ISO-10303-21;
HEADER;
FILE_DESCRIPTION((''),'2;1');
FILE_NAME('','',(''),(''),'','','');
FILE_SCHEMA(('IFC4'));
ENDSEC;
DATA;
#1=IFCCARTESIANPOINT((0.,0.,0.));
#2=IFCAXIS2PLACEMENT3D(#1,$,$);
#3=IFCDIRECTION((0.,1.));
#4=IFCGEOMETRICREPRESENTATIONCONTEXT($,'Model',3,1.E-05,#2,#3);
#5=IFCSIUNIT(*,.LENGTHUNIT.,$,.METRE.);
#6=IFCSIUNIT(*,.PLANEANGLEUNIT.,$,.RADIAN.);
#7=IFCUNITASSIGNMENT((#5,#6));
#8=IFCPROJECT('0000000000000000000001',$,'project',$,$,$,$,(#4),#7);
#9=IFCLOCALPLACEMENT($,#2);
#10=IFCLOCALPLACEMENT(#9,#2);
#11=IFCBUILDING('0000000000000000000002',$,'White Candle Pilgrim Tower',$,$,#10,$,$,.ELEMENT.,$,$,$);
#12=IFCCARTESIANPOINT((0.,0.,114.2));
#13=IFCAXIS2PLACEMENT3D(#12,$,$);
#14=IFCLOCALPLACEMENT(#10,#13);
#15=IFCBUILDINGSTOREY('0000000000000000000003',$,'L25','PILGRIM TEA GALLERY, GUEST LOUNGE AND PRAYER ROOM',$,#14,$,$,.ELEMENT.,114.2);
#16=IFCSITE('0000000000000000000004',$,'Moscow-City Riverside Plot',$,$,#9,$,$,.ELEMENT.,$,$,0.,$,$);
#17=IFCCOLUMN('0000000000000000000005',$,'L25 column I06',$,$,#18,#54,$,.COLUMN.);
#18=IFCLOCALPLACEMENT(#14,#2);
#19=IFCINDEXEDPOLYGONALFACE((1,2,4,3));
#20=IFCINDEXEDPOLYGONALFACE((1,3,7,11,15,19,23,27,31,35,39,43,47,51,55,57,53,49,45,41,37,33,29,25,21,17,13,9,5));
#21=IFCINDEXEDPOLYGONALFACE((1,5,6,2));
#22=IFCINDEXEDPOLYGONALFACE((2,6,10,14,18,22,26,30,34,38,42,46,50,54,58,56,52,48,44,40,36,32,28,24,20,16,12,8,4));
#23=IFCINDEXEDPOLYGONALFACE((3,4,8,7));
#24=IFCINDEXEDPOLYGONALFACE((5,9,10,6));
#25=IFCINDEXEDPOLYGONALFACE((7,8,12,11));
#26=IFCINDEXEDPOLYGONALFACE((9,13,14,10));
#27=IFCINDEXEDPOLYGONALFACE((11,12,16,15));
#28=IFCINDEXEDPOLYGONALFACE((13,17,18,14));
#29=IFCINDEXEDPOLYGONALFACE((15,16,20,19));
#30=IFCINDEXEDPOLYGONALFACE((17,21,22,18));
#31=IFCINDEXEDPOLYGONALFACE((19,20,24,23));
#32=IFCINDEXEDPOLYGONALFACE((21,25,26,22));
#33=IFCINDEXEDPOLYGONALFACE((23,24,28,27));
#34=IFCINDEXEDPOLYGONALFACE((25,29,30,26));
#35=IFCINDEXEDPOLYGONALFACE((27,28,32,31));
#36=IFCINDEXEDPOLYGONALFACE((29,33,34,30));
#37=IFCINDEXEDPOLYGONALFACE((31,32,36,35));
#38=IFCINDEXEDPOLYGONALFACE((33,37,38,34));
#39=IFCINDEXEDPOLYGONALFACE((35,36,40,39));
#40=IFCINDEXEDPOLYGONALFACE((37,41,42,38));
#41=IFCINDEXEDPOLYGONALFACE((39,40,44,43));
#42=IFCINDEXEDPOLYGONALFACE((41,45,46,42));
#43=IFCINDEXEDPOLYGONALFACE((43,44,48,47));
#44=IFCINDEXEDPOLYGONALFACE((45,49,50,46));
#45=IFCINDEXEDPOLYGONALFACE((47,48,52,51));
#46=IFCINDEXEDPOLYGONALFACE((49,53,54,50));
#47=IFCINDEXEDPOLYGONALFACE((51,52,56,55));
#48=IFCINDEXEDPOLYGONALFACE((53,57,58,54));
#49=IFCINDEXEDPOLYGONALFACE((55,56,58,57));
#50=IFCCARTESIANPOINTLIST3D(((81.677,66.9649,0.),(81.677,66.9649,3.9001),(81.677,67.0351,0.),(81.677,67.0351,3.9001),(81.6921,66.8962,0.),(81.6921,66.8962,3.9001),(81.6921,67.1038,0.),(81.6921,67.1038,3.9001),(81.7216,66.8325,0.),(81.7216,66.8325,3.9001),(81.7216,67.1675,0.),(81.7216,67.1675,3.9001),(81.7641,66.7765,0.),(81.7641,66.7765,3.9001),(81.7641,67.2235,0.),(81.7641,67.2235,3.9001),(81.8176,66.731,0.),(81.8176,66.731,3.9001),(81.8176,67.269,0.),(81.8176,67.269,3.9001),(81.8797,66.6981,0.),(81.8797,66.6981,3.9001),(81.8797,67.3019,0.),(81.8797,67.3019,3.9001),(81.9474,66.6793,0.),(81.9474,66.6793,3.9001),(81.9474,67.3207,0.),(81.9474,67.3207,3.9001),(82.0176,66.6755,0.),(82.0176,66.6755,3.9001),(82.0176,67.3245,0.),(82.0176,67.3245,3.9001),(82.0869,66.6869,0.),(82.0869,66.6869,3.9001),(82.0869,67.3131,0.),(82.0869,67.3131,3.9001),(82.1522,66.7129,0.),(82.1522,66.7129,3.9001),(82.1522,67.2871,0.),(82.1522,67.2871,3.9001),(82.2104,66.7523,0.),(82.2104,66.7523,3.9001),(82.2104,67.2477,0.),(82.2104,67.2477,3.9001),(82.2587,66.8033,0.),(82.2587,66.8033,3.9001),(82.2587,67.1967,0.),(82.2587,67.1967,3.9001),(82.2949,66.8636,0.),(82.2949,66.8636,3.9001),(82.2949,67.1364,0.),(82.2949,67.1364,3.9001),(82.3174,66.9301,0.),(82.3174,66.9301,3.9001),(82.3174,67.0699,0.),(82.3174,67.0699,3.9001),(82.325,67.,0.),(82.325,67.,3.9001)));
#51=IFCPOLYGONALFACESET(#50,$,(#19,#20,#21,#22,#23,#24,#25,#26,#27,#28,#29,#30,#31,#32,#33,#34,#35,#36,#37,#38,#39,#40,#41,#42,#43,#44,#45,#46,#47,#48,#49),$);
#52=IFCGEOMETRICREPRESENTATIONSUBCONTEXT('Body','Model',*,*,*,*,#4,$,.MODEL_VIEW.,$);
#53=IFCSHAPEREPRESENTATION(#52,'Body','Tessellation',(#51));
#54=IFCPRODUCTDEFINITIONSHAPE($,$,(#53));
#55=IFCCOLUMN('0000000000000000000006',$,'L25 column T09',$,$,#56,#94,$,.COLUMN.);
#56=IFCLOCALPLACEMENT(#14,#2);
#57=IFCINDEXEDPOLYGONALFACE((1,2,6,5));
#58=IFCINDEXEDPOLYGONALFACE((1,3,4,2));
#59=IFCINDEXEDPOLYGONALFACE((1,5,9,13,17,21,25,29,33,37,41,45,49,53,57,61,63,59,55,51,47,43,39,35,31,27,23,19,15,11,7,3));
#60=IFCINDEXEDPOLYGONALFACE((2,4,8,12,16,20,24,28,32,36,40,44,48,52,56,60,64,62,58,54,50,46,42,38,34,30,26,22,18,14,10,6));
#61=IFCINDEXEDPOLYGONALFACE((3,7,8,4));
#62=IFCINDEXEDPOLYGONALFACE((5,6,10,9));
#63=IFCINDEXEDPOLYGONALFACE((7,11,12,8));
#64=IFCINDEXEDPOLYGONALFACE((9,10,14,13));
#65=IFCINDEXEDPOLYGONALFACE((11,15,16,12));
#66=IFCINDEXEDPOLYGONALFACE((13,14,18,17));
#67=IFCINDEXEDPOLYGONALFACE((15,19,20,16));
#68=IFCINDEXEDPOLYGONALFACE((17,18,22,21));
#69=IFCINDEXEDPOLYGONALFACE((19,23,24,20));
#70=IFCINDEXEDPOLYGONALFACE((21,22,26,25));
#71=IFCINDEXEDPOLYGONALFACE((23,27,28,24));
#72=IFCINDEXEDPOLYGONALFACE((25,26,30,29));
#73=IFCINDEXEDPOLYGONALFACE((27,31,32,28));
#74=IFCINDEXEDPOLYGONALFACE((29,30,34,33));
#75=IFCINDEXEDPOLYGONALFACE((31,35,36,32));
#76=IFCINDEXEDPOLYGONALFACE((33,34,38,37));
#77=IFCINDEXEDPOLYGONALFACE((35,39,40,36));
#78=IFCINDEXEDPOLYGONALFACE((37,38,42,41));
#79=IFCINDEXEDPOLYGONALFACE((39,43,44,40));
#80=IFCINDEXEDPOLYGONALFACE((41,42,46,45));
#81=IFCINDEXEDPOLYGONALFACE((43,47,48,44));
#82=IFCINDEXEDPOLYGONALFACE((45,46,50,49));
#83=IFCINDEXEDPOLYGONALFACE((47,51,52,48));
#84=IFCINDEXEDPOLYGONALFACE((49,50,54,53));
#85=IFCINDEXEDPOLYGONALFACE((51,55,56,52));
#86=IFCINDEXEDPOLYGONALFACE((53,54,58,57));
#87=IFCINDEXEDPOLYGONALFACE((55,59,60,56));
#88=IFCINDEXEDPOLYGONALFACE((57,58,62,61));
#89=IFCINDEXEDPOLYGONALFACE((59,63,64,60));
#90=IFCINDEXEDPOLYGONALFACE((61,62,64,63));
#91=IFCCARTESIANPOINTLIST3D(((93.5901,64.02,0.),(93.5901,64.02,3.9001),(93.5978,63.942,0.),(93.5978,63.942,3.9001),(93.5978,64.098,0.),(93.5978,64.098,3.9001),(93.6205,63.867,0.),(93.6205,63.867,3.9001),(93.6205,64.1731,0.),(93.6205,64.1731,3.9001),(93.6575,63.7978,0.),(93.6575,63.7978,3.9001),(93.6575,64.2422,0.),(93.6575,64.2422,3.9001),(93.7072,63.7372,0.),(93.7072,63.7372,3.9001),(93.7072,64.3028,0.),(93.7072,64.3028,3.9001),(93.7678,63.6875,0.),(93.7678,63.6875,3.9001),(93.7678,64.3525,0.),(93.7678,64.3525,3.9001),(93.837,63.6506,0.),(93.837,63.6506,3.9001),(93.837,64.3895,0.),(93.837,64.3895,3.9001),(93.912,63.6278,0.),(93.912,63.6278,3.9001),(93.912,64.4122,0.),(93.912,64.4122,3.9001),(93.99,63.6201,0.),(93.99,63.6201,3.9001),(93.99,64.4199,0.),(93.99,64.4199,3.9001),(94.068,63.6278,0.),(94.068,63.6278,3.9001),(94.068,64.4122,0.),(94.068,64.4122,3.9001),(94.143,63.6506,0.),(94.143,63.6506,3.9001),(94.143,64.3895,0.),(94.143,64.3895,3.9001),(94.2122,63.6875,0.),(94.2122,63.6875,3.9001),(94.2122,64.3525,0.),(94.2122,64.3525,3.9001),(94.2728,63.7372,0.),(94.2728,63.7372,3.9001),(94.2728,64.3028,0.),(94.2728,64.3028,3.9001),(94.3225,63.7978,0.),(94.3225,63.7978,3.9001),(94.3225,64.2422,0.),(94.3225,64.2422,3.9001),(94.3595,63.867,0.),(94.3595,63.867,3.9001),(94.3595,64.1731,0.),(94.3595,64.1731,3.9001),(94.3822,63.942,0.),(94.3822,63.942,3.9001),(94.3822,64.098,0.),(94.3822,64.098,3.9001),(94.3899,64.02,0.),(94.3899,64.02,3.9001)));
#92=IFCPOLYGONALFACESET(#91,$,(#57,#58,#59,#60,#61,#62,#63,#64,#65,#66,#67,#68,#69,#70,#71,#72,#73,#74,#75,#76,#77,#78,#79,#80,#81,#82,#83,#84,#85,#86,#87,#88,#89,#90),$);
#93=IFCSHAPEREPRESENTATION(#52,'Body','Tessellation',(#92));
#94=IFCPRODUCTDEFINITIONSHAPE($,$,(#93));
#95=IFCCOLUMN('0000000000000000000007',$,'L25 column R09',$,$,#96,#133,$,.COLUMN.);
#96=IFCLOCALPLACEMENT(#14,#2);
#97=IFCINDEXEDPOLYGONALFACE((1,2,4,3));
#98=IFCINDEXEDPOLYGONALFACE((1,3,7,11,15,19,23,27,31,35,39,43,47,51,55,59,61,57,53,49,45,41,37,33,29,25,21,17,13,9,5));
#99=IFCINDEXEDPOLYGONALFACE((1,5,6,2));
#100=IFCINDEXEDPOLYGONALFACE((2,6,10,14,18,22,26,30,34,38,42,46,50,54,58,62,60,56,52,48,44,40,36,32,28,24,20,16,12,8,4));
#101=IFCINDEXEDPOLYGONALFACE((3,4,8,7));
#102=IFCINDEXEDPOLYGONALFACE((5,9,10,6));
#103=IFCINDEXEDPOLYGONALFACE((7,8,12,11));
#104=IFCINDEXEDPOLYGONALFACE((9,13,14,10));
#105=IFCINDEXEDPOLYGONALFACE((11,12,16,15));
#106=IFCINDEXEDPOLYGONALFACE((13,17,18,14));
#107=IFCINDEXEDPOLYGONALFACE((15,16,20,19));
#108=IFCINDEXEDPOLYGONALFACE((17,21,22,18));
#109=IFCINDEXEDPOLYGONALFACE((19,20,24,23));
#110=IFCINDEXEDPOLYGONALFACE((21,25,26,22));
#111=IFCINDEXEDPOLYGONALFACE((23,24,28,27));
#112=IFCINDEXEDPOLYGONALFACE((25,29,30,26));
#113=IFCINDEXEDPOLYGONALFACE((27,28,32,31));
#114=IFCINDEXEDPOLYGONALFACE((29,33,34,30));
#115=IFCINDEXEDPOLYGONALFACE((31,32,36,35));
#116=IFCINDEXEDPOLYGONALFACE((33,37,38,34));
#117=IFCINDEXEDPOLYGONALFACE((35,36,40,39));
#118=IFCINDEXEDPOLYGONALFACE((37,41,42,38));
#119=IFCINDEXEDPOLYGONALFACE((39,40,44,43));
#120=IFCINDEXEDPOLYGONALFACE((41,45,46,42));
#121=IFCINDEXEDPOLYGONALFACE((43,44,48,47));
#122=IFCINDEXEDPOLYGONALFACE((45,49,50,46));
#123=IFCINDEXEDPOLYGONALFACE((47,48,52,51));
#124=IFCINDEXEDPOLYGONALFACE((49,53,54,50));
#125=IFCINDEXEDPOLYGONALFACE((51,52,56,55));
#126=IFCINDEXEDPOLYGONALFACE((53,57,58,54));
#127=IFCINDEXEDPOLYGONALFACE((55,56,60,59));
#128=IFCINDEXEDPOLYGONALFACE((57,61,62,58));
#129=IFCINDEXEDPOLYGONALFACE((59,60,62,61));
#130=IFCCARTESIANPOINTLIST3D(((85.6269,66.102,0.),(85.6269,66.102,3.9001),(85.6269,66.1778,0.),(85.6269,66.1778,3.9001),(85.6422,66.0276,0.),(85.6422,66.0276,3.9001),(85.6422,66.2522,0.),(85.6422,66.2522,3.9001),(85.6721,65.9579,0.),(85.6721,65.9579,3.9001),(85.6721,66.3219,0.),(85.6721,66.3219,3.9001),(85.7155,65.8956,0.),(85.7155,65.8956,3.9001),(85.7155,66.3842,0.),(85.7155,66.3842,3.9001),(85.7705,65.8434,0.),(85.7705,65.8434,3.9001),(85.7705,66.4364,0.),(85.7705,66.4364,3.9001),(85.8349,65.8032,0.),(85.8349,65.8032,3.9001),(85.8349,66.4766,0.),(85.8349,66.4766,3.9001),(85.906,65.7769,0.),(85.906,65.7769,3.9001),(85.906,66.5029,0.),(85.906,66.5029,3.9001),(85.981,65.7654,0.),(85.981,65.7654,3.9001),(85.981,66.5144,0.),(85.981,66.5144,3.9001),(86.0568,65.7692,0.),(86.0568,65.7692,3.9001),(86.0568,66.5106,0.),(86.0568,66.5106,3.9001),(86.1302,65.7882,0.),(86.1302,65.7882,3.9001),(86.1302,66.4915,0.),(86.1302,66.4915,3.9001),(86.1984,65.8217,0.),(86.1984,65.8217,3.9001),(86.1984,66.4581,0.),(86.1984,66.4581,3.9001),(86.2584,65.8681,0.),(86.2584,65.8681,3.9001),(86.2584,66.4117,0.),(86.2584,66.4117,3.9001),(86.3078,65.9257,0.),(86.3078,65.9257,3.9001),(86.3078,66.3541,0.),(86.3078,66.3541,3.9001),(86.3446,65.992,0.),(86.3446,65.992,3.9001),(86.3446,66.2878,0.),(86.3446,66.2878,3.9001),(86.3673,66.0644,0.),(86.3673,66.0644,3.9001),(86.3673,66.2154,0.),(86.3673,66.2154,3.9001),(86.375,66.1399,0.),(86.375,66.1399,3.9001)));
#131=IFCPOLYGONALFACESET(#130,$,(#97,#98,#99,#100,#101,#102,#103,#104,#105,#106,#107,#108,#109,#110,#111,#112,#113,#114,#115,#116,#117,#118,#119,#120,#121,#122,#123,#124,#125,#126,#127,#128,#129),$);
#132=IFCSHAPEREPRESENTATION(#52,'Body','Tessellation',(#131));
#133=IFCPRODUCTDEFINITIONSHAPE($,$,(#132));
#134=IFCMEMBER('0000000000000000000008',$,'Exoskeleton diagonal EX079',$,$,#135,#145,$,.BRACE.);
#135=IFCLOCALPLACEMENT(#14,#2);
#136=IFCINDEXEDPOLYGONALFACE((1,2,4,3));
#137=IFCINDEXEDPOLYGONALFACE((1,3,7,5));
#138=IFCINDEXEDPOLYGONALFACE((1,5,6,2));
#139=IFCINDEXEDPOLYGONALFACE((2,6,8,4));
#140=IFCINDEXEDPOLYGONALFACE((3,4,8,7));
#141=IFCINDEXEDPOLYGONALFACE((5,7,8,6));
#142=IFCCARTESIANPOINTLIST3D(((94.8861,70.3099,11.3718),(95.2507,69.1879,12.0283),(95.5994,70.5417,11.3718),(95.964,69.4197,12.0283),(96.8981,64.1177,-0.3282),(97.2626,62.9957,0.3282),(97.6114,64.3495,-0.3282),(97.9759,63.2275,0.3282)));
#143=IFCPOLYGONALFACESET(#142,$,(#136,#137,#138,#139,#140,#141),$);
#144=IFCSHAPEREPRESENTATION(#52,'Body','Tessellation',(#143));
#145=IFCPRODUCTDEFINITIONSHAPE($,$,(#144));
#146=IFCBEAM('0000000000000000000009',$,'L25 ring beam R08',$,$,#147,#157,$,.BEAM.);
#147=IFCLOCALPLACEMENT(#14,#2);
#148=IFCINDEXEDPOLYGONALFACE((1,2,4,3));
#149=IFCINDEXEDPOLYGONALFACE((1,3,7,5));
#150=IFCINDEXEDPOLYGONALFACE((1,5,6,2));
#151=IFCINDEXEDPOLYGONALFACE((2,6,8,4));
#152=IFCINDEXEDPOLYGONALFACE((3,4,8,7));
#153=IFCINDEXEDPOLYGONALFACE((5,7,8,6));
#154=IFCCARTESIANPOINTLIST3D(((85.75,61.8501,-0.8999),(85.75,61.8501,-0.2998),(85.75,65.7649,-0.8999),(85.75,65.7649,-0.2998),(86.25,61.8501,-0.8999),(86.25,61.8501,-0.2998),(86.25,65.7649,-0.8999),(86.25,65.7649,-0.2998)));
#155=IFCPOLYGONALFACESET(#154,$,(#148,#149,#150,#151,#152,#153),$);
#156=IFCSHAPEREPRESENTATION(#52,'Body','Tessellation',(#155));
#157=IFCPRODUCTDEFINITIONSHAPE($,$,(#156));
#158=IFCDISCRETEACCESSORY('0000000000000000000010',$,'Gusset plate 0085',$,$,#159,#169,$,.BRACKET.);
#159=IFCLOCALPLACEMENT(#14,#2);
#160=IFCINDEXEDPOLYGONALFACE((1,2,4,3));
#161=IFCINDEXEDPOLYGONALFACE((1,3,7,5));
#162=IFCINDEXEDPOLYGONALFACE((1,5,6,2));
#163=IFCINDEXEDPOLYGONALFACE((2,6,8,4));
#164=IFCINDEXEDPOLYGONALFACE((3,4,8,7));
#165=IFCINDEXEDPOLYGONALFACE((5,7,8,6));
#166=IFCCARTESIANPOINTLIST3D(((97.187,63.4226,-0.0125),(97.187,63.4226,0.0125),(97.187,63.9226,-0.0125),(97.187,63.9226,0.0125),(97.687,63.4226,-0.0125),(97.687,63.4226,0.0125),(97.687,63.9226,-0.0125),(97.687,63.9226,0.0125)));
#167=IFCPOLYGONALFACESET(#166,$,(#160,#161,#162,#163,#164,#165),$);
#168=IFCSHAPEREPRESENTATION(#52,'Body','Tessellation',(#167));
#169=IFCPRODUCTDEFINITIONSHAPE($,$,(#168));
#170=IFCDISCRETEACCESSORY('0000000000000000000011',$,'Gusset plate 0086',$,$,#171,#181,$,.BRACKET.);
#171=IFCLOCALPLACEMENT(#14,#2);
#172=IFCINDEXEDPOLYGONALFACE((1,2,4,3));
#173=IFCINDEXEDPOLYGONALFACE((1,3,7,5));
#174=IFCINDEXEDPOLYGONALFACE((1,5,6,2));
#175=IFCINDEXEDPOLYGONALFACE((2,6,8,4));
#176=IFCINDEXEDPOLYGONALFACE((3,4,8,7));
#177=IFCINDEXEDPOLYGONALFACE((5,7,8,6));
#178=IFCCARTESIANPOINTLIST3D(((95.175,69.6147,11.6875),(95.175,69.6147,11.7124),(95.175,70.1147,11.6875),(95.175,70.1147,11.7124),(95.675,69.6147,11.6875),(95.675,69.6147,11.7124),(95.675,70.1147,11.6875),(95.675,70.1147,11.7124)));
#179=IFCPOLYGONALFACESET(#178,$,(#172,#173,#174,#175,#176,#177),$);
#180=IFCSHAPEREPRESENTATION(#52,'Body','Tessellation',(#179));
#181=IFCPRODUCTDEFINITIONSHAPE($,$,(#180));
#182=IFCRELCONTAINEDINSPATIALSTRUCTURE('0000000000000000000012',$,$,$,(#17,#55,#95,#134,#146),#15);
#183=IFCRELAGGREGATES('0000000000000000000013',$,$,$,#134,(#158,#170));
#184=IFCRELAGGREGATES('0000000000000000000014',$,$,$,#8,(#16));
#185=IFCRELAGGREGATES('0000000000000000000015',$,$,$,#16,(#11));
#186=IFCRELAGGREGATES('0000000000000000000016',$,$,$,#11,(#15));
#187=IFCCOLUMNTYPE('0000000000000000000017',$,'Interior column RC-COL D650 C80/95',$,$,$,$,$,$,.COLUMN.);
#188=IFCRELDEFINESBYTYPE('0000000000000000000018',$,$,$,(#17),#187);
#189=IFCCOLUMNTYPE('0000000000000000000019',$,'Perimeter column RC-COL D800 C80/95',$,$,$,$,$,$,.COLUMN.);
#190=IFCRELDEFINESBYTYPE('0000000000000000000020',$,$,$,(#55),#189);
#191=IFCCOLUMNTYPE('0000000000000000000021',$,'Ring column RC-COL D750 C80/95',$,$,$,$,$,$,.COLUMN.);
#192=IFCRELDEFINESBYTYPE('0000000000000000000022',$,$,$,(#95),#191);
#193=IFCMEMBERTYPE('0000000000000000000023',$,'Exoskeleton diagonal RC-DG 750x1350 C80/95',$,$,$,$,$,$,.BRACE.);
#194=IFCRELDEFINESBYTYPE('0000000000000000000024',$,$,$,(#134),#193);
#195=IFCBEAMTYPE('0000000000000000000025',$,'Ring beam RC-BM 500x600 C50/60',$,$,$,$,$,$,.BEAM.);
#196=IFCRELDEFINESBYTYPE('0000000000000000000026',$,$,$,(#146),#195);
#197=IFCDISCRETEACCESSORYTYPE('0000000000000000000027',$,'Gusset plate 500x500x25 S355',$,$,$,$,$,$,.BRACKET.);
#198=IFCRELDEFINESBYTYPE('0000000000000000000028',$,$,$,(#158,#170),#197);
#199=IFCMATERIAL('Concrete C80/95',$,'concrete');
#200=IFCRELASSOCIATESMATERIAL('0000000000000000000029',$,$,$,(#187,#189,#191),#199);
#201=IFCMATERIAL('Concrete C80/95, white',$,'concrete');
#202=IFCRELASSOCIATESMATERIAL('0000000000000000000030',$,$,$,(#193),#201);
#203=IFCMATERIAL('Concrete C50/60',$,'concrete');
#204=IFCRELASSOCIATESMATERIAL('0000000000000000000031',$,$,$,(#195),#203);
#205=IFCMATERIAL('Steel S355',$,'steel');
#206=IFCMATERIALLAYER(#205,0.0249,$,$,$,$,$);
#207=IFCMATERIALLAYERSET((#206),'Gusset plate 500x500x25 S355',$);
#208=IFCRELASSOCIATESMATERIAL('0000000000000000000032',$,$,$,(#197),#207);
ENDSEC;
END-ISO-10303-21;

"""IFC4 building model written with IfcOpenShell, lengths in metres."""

from ifc_helpers import new_model, si_unit, direction, frame, origin, origin_2d, place, context, subcontext, project, spatial, rectangle, circle, extrude, material, layer, layer_set, material_profile, profile_set, type_object, element, aggregate, save


model = new_model("IFC4")

# Units and contexts
model_context = context("Model", 3, precision=1e-05, world=origin(), true_north=direction((0.0, 1.0)))
body_context = subcontext(model_context, "Body", "Model", "MODEL_VIEW")
ifc_project = project(units=[si_unit("LENGTHUNIT", "METRE"), si_unit("PLANEANGLEUNIT", "RADIAN")], contexts=[model_context])

# Site, building, storey
site_placement = place(None, origin())
site = spatial("IfcSite", under=ifc_project, at=site_placement, Name="Moscow-City Riverside Plot", CompositionType="ELEMENT", RefElevation=0.0)
building_placement = place(site_placement, origin())
building = spatial("IfcBuilding", under=site, at=building_placement, Name="White Candle Pilgrim Tower", CompositionType="ELEMENT")
storey_placement = place(building_placement, frame((0.0, 0.0, 114.2)))
storey = spatial("IfcBuildingStorey", under=building, at=storey_placement, Name="L25", Description="PILGRIM TEA GALLERY, GUEST LOUNGE AND PRAYER ROOM", CompositionType="ELEMENT", Elevation=114.2)

# Columns
ifc_material_1 = material(Name="Concrete C80/95", Category="concrete")
ifc_material_profile_1 = material_profile(ifc_material_1, circle(Radius=0.325, at=origin_2d()), Name="RC-COL D650")
ifc_profile_set_1 = profile_set([ifc_material_profile_1], Name="Concrete C80/95")
column_type_1 = type_object("IfcColumnType", Name="Interior column RC-COL D650 C80/95", PredefinedType="COLUMN", material=ifc_profile_set_1)
column_1_placement = place(storey_placement, frame((82.0, 67.0, 0.0), z_axis=(0.0, 0.0, 1.0), x_axis=(1.0, 0.0, 0.0)))
element("IfcColumn", 1, at=column_1_placement, inside=storey, type_object=column_type_1, Name="L25 column I06", PredefinedType="COLUMN", context=body_context, shape_type="SweptSolid", body=[
    extrude(circle(Radius=0.325, at=origin_2d()), origin(), (0.0, 0.0, 1.0), 3.9001),
])
ifc_material_profile_2 = material_profile(ifc_material_1, circle(Radius=0.3999, at=origin_2d()), Name="RC-COL D800")
ifc_profile_set_2 = profile_set([ifc_material_profile_2], Name="Concrete C80/95")
column_type_2 = type_object("IfcColumnType", Name="Perimeter column RC-COL D800 C80/95", PredefinedType="COLUMN", material=ifc_profile_set_2)
column_2_placement = place(storey_placement, frame((93.99, 64.02, 0.0), z_axis=(0.0, 0.0, 1.0), x_axis=(1.0, 0.0, 0.0)))
element("IfcColumn", 2, at=column_2_placement, inside=storey, type_object=column_type_2, Name="L25 column T09", PredefinedType="COLUMN", context=body_context, shape_type="SweptSolid", body=[
    extrude(circle(Radius=0.3999, at=origin_2d()), origin(), (0.0, 0.0, 1.0), 3.9001),
])
ifc_material_profile_3 = material_profile(ifc_material_1, circle(Radius=0.375, at=origin_2d()), Name="RC-COL D750")
ifc_profile_set_3 = profile_set([ifc_material_profile_3], Name="Concrete C80/95")
column_type_3 = type_object("IfcColumnType", Name="Ring column RC-COL D750 C80/95", PredefinedType="COLUMN", material=ifc_profile_set_3)
column_3_placement = place(storey_placement, frame((86.0, 66.1399, 0.0), z_axis=(0.0, 0.0, 1.0), x_axis=(1.0, 0.0, 0.0)))
element("IfcColumn", 3, at=column_3_placement, inside=storey, type_object=column_type_3, Name="L25 column R09", PredefinedType="COLUMN", context=body_context, shape_type="SweptSolid", body=[
    extrude(circle(Radius=0.375, at=origin_2d()), origin(), (0.0, 0.0, 1.0), 3.9001),
])

# Member
ifc_material_2 = material(Name="Concrete C80/95, white", Category="concrete")
ifc_material_profile_4 = material_profile(ifc_material_2, rectangle(XDim=0.75, YDim=1.3501, at=origin_2d()), Name="RC-DG 750x1350")
ifc_profile_set_4 = profile_set([ifc_material_profile_4], Name="Concrete C80/95, white")
member_type = type_object("IfcMemberType", Name="Exoskeleton diagonal RC-DG 750x1350 C80/95", PredefinedType="BRACE", material=ifc_profile_set_4)
member_placement = place(storey_placement, frame((97.437, 63.6726, 0.0), z_axis=(-0.150264, 0.462461, 0.873814), x_axis=(-0.951056, -0.309019, 0.0)))
member = element("IfcMember", 4, at=member_placement, inside=storey, type_object=member_type, Name="Exoskeleton diagonal EX079", PredefinedType="BRACE", context=body_context, shape_type="SweptSolid", body=[
    extrude(rectangle(XDim=0.75, YDim=1.3501, at=origin_2d()), origin(), (0.0, 0.0, 1.0), 13.3896),
])

# Beam
ifc_material_3 = material(Name="Concrete C50/60", Category="concrete")
ifc_material_profile_5 = material_profile(ifc_material_3, rectangle(XDim=0.5, YDim=0.6001, at=origin_2d()), Name="RC-BM 500x600")
ifc_profile_set_5 = profile_set([ifc_material_profile_5], Name="Concrete C50/60")
beam_type_1 = type_object("IfcBeamType", Name="Ring beam RC-BM 500x600 C50/60", PredefinedType="BEAM", material=ifc_profile_set_5)
beam_1_placement = place(storey_placement, frame((86.0, 65.7649, -0.5999), z_axis=(0.0, -1.0, 0.0), x_axis=(1.0, 0.0, 0.0)))
element("IfcBeam", 5, at=beam_1_placement, inside=storey, type_object=beam_type_1, Name="L25 ring beam R08", PredefinedType="BEAM", context=body_context, shape_type="SweptSolid", body=[
    extrude(rectangle(XDim=0.5, YDim=0.6001, at=origin_2d()), origin(), (0.0, 0.0, 1.0), 3.9148),
])

# Discrete accessories
ifc_material_4 = material(Name="Steel S355", Category="steel")
ifc_layer_1 = layer(ifc_material_4, 0.0249)
ifc_layer_set_1 = layer_set([ifc_layer_1], Name="Gusset plate 500x500x25 S355")
discrete_accessory_type = type_object("IfcDiscreteAccessoryType", Name="Gusset plate 500x500x25 S355", PredefinedType="BRACKET", material=ifc_layer_set_1)
discrete_accessory_1_placement = place(storey_placement, frame((97.437, 63.6726, -0.0125), z_axis=(0.0, 0.0, 1.0), x_axis=(1.0, 0.0, 0.0)))
discrete_accessory_1 = element("IfcDiscreteAccessory", 6, at=discrete_accessory_1_placement, type_object=discrete_accessory_type, Name="Gusset plate 0085", PredefinedType="BRACKET", context=body_context, shape_type="SweptSolid", body=[
    extrude(rectangle(XDim=0.5, YDim=0.5, at=origin_2d()), origin(), (0.0, 0.0, 1.0), 0.0249),
])
placement = place(building_placement, frame((0.0, 0.0, 125.8999)))
discrete_accessory_2_placement = place(placement, frame((95.425, 69.8647, -0.0125), z_axis=(0.0, 0.0, 1.0), x_axis=(1.0, 0.0, 0.0)))
discrete_accessory_2 = element("IfcDiscreteAccessory", 7, at=discrete_accessory_2_placement, type_object=discrete_accessory_type, Name="Gusset plate 0086", PredefinedType="BRACKET", context=body_context, shape_type="SweptSolid", body=[
    extrude(rectangle(XDim=0.5, YDim=0.5, at=origin_2d()), origin(), (0.0, 0.0, 1.0), 0.0249),
])
aggregate(member, [discrete_accessory_1, discrete_accessory_2])

save(model, "model.ifc")
